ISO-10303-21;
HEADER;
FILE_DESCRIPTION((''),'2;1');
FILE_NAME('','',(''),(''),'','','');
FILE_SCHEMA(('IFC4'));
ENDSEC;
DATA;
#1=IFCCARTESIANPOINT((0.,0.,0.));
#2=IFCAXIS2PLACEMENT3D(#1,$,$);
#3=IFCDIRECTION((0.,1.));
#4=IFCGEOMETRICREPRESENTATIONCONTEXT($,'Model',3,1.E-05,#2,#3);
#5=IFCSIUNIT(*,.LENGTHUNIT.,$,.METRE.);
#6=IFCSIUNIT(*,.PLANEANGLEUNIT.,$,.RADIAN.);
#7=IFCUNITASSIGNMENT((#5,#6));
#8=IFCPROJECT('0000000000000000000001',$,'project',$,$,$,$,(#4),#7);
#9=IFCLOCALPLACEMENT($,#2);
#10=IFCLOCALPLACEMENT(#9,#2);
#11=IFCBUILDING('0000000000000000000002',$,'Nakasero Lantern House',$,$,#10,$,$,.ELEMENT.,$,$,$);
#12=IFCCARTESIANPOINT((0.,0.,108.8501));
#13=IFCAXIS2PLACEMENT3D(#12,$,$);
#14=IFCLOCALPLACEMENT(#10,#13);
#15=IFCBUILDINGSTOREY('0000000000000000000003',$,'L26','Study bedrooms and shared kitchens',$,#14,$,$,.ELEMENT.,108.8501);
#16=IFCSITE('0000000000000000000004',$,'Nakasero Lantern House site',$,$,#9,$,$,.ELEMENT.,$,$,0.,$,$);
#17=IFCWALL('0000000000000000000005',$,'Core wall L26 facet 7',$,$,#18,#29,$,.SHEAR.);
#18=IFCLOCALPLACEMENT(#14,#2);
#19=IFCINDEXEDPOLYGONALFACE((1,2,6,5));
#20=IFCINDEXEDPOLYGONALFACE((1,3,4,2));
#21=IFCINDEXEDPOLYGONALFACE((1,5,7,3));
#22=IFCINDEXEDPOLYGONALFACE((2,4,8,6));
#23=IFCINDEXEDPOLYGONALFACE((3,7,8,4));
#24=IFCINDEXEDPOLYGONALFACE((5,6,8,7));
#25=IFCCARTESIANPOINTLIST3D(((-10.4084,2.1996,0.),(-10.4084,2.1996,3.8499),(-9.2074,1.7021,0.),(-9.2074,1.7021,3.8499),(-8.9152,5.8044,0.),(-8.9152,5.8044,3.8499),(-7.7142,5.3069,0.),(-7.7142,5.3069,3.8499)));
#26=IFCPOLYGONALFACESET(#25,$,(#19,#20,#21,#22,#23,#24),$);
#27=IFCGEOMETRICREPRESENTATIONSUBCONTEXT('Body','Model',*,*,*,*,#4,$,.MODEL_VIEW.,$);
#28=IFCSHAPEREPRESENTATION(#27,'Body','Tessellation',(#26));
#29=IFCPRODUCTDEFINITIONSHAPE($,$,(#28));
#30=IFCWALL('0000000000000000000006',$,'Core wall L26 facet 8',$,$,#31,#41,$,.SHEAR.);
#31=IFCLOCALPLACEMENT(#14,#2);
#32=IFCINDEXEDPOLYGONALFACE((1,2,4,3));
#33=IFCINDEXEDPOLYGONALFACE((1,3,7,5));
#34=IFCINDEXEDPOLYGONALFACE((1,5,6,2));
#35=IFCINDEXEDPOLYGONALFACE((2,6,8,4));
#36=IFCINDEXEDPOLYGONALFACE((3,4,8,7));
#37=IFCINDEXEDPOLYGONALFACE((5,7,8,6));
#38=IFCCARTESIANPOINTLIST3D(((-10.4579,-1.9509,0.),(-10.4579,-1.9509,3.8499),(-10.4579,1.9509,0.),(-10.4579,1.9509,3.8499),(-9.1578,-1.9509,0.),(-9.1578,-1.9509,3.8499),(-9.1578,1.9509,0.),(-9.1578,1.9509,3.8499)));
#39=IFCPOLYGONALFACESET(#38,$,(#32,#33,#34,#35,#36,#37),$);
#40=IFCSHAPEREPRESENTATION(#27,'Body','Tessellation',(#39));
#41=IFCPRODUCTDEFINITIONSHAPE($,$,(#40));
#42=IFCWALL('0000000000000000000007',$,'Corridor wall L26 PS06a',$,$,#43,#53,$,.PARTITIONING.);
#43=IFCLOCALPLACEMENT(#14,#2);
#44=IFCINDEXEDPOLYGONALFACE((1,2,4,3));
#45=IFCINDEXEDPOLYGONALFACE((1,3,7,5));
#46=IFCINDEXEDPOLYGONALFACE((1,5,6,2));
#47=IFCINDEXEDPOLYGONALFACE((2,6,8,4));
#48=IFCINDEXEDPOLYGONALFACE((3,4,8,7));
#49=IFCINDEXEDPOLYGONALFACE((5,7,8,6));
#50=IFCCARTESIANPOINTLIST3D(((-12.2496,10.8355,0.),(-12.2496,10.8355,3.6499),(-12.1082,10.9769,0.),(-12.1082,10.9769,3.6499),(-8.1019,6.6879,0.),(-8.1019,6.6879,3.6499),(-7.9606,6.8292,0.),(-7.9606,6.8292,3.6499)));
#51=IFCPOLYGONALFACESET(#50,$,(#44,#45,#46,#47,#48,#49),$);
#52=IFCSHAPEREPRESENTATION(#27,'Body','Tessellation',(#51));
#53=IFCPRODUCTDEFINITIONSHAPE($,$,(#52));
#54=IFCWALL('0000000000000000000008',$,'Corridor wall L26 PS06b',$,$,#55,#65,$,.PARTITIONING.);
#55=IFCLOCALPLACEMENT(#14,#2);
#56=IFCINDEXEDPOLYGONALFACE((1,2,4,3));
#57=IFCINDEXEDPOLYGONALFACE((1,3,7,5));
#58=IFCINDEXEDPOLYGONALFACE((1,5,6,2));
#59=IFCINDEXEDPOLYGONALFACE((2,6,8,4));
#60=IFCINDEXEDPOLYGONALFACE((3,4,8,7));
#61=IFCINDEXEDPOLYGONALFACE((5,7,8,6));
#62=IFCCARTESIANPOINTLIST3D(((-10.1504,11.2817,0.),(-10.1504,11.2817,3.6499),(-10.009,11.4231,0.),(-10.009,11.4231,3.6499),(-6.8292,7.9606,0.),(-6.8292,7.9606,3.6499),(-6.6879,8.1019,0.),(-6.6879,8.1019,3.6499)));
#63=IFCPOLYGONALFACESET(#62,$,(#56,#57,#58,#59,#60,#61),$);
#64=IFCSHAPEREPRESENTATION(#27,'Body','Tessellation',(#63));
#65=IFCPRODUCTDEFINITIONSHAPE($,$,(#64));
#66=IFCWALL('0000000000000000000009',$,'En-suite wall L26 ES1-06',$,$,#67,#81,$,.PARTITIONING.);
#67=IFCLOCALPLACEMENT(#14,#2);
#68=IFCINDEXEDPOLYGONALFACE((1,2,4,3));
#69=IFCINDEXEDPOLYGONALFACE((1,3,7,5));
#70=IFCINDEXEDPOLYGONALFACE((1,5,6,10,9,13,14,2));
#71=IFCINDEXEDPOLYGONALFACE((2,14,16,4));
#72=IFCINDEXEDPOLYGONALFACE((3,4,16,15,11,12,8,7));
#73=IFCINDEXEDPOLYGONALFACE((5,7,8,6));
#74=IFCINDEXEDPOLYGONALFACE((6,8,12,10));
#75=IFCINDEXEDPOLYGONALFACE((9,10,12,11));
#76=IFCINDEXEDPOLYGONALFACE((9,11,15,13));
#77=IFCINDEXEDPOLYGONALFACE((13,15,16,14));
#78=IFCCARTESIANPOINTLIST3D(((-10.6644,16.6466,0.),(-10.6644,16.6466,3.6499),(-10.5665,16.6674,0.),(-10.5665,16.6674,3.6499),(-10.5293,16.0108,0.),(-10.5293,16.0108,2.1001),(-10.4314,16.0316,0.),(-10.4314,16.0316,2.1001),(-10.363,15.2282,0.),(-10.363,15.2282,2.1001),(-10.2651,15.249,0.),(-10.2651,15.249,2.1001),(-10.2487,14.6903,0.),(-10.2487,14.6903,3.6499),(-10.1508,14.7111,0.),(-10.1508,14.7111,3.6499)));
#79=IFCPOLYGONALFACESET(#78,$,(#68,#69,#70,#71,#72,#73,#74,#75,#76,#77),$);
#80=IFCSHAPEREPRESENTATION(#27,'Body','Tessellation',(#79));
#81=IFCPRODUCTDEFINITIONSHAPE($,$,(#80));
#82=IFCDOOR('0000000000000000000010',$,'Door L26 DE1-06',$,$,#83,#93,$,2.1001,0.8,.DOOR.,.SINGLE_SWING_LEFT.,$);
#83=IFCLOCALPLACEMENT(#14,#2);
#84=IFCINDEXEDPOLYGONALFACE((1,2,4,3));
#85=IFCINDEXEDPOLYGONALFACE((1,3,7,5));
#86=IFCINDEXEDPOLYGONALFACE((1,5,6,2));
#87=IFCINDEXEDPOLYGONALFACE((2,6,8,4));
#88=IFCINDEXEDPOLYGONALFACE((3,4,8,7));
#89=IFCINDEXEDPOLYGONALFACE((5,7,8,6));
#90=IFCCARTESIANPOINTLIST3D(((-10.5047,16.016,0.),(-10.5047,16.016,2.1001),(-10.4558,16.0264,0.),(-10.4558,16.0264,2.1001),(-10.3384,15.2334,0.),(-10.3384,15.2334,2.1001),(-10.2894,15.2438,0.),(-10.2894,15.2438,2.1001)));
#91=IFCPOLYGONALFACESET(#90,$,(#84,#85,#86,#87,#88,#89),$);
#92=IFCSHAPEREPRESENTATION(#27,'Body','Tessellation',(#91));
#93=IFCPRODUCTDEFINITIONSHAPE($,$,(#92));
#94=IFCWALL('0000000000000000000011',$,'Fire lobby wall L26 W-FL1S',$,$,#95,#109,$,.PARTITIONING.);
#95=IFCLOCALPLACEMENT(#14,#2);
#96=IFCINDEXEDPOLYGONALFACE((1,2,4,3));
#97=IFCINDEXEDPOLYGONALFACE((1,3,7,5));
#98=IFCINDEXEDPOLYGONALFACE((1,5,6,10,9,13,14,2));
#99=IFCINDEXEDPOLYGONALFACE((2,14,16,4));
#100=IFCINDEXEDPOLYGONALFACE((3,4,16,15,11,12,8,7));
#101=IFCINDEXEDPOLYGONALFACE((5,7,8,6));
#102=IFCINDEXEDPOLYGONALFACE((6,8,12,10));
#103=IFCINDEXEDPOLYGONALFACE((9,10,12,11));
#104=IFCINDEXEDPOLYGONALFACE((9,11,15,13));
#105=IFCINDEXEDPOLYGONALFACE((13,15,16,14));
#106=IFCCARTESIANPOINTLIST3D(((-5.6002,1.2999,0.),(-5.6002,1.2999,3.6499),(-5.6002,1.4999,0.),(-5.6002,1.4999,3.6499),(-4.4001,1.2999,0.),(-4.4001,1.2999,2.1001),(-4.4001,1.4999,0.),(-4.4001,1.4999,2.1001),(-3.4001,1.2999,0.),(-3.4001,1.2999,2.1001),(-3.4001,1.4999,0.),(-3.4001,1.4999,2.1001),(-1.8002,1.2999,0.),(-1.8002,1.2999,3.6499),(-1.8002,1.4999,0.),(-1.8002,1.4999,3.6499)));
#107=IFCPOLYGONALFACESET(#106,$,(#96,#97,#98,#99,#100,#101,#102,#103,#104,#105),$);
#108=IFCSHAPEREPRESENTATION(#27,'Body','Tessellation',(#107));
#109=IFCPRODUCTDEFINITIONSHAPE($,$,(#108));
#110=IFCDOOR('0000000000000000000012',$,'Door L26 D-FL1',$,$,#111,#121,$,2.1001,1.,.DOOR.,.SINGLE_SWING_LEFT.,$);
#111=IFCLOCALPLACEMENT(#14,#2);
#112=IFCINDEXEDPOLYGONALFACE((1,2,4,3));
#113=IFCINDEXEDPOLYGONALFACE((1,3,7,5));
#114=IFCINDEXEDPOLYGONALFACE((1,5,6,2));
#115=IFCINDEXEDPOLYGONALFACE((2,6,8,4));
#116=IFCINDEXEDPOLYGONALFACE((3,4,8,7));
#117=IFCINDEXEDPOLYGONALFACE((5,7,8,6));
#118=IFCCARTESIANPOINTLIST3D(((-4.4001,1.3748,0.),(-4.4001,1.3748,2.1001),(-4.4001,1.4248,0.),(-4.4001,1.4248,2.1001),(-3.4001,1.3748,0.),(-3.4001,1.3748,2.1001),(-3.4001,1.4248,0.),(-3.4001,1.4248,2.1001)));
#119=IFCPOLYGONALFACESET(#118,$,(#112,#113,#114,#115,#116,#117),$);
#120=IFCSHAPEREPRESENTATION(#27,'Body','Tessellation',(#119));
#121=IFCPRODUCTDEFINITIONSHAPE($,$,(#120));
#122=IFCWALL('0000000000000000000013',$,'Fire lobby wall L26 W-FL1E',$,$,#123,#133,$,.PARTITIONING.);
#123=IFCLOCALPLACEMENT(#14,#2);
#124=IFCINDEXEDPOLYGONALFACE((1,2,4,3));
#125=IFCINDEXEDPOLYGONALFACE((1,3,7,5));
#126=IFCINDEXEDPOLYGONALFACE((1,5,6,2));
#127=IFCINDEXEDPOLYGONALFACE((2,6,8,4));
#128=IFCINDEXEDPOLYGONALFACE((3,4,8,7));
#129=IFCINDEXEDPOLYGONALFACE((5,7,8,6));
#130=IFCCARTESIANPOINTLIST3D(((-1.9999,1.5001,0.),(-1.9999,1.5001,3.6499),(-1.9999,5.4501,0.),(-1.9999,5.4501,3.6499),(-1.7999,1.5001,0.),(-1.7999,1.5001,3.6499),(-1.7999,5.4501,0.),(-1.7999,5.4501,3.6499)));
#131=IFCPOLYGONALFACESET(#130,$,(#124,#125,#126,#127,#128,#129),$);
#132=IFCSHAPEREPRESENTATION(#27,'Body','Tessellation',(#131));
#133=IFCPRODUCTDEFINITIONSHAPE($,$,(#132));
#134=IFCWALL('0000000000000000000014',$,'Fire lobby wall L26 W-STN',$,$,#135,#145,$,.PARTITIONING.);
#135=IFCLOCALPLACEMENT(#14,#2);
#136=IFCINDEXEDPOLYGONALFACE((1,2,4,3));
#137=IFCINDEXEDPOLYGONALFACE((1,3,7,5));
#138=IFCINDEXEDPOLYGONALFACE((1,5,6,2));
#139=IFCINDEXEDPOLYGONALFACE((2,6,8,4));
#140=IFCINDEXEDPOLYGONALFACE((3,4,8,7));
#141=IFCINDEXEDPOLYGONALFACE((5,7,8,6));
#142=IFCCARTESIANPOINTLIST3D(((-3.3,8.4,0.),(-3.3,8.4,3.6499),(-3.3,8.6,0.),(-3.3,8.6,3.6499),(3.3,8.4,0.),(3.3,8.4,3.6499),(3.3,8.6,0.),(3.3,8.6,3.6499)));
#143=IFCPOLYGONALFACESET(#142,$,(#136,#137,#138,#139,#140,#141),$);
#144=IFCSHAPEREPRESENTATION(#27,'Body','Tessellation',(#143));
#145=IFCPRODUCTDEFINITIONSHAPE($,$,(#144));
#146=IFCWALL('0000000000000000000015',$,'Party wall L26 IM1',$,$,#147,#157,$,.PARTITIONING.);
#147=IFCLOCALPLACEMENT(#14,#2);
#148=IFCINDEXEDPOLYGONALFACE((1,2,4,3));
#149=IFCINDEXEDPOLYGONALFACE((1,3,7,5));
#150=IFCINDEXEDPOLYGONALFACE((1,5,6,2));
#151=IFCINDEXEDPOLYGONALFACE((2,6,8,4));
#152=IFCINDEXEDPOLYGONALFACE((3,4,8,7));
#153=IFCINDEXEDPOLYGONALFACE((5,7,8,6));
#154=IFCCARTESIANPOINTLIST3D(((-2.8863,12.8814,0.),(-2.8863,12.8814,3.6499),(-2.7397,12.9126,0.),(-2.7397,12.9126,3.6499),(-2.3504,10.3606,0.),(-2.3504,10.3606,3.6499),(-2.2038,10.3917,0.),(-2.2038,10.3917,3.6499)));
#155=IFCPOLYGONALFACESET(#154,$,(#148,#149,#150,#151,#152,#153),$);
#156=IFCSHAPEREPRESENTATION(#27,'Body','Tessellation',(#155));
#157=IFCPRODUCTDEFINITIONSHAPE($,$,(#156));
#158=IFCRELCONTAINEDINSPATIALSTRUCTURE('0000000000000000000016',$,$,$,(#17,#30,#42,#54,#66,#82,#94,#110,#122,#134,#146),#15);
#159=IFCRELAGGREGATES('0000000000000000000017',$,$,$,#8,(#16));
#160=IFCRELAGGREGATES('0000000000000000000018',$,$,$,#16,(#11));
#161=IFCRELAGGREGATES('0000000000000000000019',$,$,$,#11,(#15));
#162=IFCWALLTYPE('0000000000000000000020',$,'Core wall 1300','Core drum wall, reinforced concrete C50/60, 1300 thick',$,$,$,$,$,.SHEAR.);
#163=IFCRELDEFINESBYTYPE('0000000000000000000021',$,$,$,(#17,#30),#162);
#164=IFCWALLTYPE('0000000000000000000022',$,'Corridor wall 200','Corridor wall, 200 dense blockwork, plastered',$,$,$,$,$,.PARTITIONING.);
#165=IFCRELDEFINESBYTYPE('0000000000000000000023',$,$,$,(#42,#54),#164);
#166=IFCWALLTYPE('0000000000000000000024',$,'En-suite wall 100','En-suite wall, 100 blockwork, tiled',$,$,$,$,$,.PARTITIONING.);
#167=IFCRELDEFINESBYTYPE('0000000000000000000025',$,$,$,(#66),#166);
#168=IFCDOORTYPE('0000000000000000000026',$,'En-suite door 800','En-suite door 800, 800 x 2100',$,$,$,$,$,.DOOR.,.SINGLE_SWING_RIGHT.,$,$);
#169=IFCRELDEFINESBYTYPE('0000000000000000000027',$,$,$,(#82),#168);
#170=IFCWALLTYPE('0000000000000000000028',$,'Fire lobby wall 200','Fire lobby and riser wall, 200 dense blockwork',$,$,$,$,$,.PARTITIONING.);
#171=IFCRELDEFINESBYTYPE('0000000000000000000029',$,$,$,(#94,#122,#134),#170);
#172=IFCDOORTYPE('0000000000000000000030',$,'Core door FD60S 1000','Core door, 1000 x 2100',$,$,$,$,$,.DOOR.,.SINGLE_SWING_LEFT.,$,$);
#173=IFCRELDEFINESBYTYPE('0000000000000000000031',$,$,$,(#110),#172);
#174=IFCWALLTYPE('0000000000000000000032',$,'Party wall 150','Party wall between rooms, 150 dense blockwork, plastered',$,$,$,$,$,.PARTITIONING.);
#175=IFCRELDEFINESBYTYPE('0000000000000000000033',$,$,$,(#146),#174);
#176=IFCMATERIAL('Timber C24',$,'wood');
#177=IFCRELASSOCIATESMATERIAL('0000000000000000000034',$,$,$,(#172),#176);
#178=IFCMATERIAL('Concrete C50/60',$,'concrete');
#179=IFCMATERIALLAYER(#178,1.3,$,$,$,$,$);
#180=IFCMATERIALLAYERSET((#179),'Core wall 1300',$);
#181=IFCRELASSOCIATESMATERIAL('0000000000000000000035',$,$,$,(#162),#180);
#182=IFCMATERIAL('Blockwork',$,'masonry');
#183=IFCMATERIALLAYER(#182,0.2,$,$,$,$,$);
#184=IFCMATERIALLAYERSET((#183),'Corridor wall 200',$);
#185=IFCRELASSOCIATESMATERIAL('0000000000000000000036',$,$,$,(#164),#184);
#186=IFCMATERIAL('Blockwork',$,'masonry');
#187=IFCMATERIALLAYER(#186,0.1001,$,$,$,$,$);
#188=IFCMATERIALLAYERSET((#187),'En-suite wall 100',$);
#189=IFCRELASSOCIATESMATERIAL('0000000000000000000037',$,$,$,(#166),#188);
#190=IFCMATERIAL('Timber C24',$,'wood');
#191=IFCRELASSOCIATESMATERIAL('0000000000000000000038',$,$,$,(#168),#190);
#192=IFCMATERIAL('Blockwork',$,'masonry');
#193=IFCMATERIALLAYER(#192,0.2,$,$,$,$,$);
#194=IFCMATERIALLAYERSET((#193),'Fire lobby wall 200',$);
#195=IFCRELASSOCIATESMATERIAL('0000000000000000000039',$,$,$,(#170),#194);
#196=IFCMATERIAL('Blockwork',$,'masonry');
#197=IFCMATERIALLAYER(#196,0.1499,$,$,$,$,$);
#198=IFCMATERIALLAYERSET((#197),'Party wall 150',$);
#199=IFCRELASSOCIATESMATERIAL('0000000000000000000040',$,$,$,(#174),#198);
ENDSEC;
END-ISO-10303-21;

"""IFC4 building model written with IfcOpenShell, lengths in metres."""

from ifc_helpers import new_model, si_unit, direction, frame, frame_2d, origin, place, context, subcontext, project, spatial, rectangle, extrude, material, layer, layer_set, type_object, element, fill, save


model = new_model("IFC4")

# Units and contexts
model_context = context("Model", 3, precision=1e-05, world=origin(), true_north=direction((0.0, 1.0)))
body_context = subcontext(model_context, "Body", "Model", "MODEL_VIEW")
ifc_project = project(units=[si_unit("LENGTHUNIT", "METRE"), si_unit("PLANEANGLEUNIT", "RADIAN")], contexts=[model_context])

# Site, building, storey
site_placement = place(None, origin())
site = spatial("IfcSite", under=ifc_project, at=site_placement, Name="Nakasero Lantern House site", CompositionType="ELEMENT", RefElevation=0.0)
building_placement = place(site_placement, origin())
building = spatial("IfcBuilding", under=site, at=building_placement, Name="Nakasero Lantern House", CompositionType="ELEMENT")
storey_placement = place(building_placement, frame((0.0, 0.0, 108.8501)))
storey = spatial("IfcBuildingStorey", under=building, at=storey_placement, Name="L26", Description="Study bedrooms and shared kitchens", CompositionType="ELEMENT", Elevation=108.8501)

# Shared definitions
ifc_material_1 = material(Name="Timber C24", Category="wood")
door_type_1 = type_object("IfcDoorType", Name="Core door FD60S 1000", Description="Core door, 1000 x 2100", OperationType="SINGLE_SWING_LEFT", PredefinedType="DOOR", material=ifc_material_1)

# Shared definitions
ifc_material_2 = material(Name="Concrete C50/60", Category="concrete")
ifc_layer_1 = layer(ifc_material_2, 1.3)
ifc_layer_set_1 = layer_set([ifc_layer_1], Name="Core wall 1300")
wall_type_1 = type_object("IfcWallType", Name="Core wall 1300", Description="Core drum wall, reinforced concrete C50/60, 1300 thick", PredefinedType="SHEAR", material=ifc_layer_set_1)

# Walls
for number, where, z_axis, x_axis, name in (
    (1, (-8.3147, 5.5557, 0.0), (0.0, 0.0, 1.0), (-0.382691, -0.923877, 0.0), "Core wall L26 facet 7"),
    (2, (-9.8079, 1.9509, 0.0), (0.0, 0.0, 1.0), (0.0, -1.0, 0.0), "Core wall L26 facet 8"),
):
    element("IfcWall", number, at=place(storey_placement, frame(where, z_axis=z_axis, x_axis=x_axis)), inside=storey, type_object=wall_type_1, Name=name, PredefinedType="SHEAR", context=body_context, shape_type="SweptSolid", body=[
        extrude(rectangle(XDim=3.9019, YDim=1.3, at=frame_2d((1.9509, 0.0))), origin(), (0.0, 0.0, 1.0), 3.8499),
    ])
ifc_material_3 = material(Name="Blockwork", Category="masonry")
ifc_layer_2 = layer(ifc_material_3, 0.2)
ifc_layer_set_2 = layer_set([ifc_layer_2], Name="Corridor wall 200")
wall_type_2 = type_object("IfcWallType", Name="Corridor wall 200", Description="Corridor wall, 200 dense blockwork, plastered", PredefinedType="PARTITIONING", material=ifc_layer_set_2)
wall_1_placement = place(storey_placement, frame((-8.0312, 6.7585, 0.0), z_axis=(0.0, 0.0, 1.0), x_axis=(-0.707107, 0.707107, 0.0)))
element("IfcWall", 3, at=wall_1_placement, inside=storey, type_object=wall_type_2, Name="Corridor wall L26 PS06a", PredefinedType="PARTITIONING", context=body_context, shape_type="SweptSolid", body=[
    extrude(rectangle(XDim=5.8657, YDim=0.2, at=frame_2d((2.9329, 0.0))), origin(), (0.0, 0.0, 1.0), 3.6499),
])
wall_2_placement = place(storey_placement, frame((-6.7585, 8.0312, 0.0), z_axis=(0.0, 0.0, 1.0), x_axis=(-0.707107, 0.707107, 0.0)))
element("IfcWall", 4, at=wall_2_placement, inside=storey, type_object=wall_type_2, Name="Corridor wall L26 PS06b", PredefinedType="PARTITIONING", context=body_context, shape_type="SweptSolid", body=[
    extrude(rectangle(XDim=4.6968, YDim=0.2, at=frame_2d((2.3484, 0.0))), origin(), (0.0, 0.0, 1.0), 3.6499),
])

# Walls, openings, doors
ifc_material_4 = material(Name="Blockwork", Category="masonry")
ifc_layer_3 = layer(ifc_material_4, 0.1001)
ifc_layer_set_3 = layer_set([ifc_layer_3], Name="En-suite wall 100")
wall_type_3 = type_object("IfcWallType", Name="En-suite wall 100", Description="En-suite wall, 100 blockwork, tiled", PredefinedType="PARTITIONING", material=ifc_layer_set_3)
wall_3_placement = place(storey_placement, frame((-10.1997, 14.7007, 0.0), z_axis=(0.0, 0.0, 1.0), x_axis=(-0.207886, 0.978153, 0.0)))
wall_3 = element("IfcWall", 5, at=wall_3_placement, inside=storey, type_object=wall_type_3, Name="En-suite wall L26 ES1-06", PredefinedType="PARTITIONING", context=body_context, shape_type="SweptSolid", body=[
    extrude(rectangle(XDim=2.0, YDim=0.1001, at=frame_2d((1.0, 0.0))), origin(), (0.0, 0.0, 1.0), 3.6499),
])
opening_1_placement = place(wall_3_placement, frame((0.55, 0.0, 0.0)))
opening_1 = element("IfcOpeningElement", 6, at=opening_1_placement, cuts=wall_3, PredefinedType="OPENING", context=body_context, shape_type="SweptSolid", body=[
    extrude(rectangle(XDim=0.8, YDim=2.1001, at=frame_2d((0.3999, 1.05))), frame((0.0, 0.0701, 0.0), z_axis=(0.0, -1.0, 0.0), x_axis=(1.0, 0.0, 0.0)), (0.0, 0.0, 1.0), 0.1401),
])
ifc_material_5 = material(Name="Timber C24", Category="wood")
door_type_2 = type_object("IfcDoorType", Name="En-suite door 800", Description="En-suite door 800, 800 x 2100", OperationType="SINGLE_SWING_RIGHT", PredefinedType="DOOR", material=ifc_material_5)
door_1_placement = place(opening_1_placement, origin())
door_1 = element("IfcDoor", 7, at=door_1_placement, inside=storey, type_object=door_type_2, Name="Door L26 DE1-06", OperationType="SINGLE_SWING_LEFT", OverallHeight=2.1001, OverallWidth=0.8, PredefinedType="DOOR", context=body_context, shape_type="SweptSolid", body=[
    extrude(rectangle(XDim=0.8, YDim=2.1001, at=frame_2d((0.3999, 1.05))), frame((0.0, 0.0249, 0.0), z_axis=(0.0, -1.0, 0.0), x_axis=(1.0, 0.0, 0.0)), (0.0, 0.0, 1.0), 0.05),
])
fill(opening_1, door_1)
ifc_material_6 = material(Name="Blockwork", Category="masonry")
ifc_layer_4 = layer(ifc_material_6, 0.2)
ifc_layer_set_4 = layer_set([ifc_layer_4], Name="Fire lobby wall 200")
wall_type_4 = type_object("IfcWallType", Name="Fire lobby wall 200", Description="Fire lobby and riser wall, 200 dense blockwork", PredefinedType="PARTITIONING", material=ifc_layer_set_4)
wall_4_placement = place(storey_placement, frame((-5.6001, 1.3999, 0.0), z_axis=(0.0, 0.0, 1.0), x_axis=(1.0, 0.0, 0.0)))
wall_4 = element("IfcWall", 8, at=wall_4_placement, inside=storey, type_object=wall_type_4, Name="Fire lobby wall L26 W-FL1S", PredefinedType="PARTITIONING", context=body_context, shape_type="SweptSolid", body=[
    extrude(rectangle(XDim=3.8, YDim=0.2, at=frame_2d((1.8999, 0.0))), origin(), (0.0, 0.0, 1.0), 3.6499),
])
opening_2_placement = place(wall_4_placement, frame((1.2, 0.0, 0.0)))
opening_2 = element("IfcOpeningElement", 9, at=opening_2_placement, cuts=wall_4, PredefinedType="OPENING", context=body_context, shape_type="SweptSolid", body=[
    extrude(rectangle(XDim=1.0, YDim=2.1001, at=frame_2d((0.5, 1.05))), frame((0.0, 0.1199, 0.0), z_axis=(0.0, -1.0, 0.0), x_axis=(1.0, 0.0, 0.0)), (0.0, 0.0, 1.0), 0.24),
])
door_2_placement = place(opening_2_placement, origin())
door_2 = element("IfcDoor", 10, at=door_2_placement, inside=storey, type_object=door_type_1, Name="Door L26 D-FL1", OperationType="SINGLE_SWING_LEFT", OverallHeight=2.1001, OverallWidth=1.0, PredefinedType="DOOR", context=body_context, shape_type="SweptSolid", body=[
    extrude(rectangle(XDim=1.0, YDim=2.1001, at=frame_2d((0.5, 1.05))), frame((0.0, 0.0249, 0.0), z_axis=(0.0, -1.0, 0.0), x_axis=(1.0, 0.0, 0.0)), (0.0, 0.0, 1.0), 0.05),
])
fill(opening_2, door_2)

# Walls
wall_5_placement = place(storey_placement, frame((-1.8999, 1.5, 0.0), z_axis=(0.0, 0.0, 1.0), x_axis=(0.0, 1.0, 0.0)))
element("IfcWall", 11, at=wall_5_placement, inside=storey, type_object=wall_type_4, Name="Fire lobby wall L26 W-FL1E", PredefinedType="PARTITIONING", context=body_context, shape_type="SweptSolid", body=[
    extrude(rectangle(XDim=3.95, YDim=0.2, at=frame_2d((1.9751, 0.0))), origin(), (0.0, 0.0, 1.0), 3.6499),
])
wall_6_placement = place(storey_placement, frame((-3.3, 8.5, 0.0), z_axis=(0.0, 0.0, 1.0), x_axis=(1.0, 0.0, 0.0)))
element("IfcWall", 12, at=wall_6_placement, inside=storey, type_object=wall_type_4, Name="Fire lobby wall L26 W-STN", PredefinedType="PARTITIONING", context=body_context, shape_type="SweptSolid", body=[
    extrude(rectangle(XDim=6.6001, YDim=0.2, at=frame_2d((3.3, 0.0))), origin(), (0.0, 0.0, 1.0), 3.6499),
])
ifc_material_7 = material(Name="Blockwork", Category="masonry")
ifc_layer_5 = layer(ifc_material_7, 0.1499)
ifc_layer_set_5 = layer_set([ifc_layer_5], Name="Party wall 150")
wall_type_5 = type_object("IfcWallType", Name="Party wall 150", Description="Party wall between rooms, 150 dense blockwork, plastered", PredefinedType="PARTITIONING", material=ifc_layer_set_5)
wall_7_placement = place(storey_placement, frame((-2.813, 12.897, 0.0), z_axis=(0.0, 0.0, 1.0), x_axis=(0.207944, -0.978141, 0.0)))
element("IfcWall", 13, at=wall_7_placement, inside=storey, type_object=wall_type_5, Name="Party wall L26 IM1", PredefinedType="PARTITIONING", context=body_context, shape_type="SweptSolid", body=[
    extrude(rectangle(XDim=2.5771, YDim=0.1499, at=frame_2d((1.2886, 0.0))), origin(), (0.0, 0.0, 1.0), 3.6499),
])

save(model, "model.ifc")
